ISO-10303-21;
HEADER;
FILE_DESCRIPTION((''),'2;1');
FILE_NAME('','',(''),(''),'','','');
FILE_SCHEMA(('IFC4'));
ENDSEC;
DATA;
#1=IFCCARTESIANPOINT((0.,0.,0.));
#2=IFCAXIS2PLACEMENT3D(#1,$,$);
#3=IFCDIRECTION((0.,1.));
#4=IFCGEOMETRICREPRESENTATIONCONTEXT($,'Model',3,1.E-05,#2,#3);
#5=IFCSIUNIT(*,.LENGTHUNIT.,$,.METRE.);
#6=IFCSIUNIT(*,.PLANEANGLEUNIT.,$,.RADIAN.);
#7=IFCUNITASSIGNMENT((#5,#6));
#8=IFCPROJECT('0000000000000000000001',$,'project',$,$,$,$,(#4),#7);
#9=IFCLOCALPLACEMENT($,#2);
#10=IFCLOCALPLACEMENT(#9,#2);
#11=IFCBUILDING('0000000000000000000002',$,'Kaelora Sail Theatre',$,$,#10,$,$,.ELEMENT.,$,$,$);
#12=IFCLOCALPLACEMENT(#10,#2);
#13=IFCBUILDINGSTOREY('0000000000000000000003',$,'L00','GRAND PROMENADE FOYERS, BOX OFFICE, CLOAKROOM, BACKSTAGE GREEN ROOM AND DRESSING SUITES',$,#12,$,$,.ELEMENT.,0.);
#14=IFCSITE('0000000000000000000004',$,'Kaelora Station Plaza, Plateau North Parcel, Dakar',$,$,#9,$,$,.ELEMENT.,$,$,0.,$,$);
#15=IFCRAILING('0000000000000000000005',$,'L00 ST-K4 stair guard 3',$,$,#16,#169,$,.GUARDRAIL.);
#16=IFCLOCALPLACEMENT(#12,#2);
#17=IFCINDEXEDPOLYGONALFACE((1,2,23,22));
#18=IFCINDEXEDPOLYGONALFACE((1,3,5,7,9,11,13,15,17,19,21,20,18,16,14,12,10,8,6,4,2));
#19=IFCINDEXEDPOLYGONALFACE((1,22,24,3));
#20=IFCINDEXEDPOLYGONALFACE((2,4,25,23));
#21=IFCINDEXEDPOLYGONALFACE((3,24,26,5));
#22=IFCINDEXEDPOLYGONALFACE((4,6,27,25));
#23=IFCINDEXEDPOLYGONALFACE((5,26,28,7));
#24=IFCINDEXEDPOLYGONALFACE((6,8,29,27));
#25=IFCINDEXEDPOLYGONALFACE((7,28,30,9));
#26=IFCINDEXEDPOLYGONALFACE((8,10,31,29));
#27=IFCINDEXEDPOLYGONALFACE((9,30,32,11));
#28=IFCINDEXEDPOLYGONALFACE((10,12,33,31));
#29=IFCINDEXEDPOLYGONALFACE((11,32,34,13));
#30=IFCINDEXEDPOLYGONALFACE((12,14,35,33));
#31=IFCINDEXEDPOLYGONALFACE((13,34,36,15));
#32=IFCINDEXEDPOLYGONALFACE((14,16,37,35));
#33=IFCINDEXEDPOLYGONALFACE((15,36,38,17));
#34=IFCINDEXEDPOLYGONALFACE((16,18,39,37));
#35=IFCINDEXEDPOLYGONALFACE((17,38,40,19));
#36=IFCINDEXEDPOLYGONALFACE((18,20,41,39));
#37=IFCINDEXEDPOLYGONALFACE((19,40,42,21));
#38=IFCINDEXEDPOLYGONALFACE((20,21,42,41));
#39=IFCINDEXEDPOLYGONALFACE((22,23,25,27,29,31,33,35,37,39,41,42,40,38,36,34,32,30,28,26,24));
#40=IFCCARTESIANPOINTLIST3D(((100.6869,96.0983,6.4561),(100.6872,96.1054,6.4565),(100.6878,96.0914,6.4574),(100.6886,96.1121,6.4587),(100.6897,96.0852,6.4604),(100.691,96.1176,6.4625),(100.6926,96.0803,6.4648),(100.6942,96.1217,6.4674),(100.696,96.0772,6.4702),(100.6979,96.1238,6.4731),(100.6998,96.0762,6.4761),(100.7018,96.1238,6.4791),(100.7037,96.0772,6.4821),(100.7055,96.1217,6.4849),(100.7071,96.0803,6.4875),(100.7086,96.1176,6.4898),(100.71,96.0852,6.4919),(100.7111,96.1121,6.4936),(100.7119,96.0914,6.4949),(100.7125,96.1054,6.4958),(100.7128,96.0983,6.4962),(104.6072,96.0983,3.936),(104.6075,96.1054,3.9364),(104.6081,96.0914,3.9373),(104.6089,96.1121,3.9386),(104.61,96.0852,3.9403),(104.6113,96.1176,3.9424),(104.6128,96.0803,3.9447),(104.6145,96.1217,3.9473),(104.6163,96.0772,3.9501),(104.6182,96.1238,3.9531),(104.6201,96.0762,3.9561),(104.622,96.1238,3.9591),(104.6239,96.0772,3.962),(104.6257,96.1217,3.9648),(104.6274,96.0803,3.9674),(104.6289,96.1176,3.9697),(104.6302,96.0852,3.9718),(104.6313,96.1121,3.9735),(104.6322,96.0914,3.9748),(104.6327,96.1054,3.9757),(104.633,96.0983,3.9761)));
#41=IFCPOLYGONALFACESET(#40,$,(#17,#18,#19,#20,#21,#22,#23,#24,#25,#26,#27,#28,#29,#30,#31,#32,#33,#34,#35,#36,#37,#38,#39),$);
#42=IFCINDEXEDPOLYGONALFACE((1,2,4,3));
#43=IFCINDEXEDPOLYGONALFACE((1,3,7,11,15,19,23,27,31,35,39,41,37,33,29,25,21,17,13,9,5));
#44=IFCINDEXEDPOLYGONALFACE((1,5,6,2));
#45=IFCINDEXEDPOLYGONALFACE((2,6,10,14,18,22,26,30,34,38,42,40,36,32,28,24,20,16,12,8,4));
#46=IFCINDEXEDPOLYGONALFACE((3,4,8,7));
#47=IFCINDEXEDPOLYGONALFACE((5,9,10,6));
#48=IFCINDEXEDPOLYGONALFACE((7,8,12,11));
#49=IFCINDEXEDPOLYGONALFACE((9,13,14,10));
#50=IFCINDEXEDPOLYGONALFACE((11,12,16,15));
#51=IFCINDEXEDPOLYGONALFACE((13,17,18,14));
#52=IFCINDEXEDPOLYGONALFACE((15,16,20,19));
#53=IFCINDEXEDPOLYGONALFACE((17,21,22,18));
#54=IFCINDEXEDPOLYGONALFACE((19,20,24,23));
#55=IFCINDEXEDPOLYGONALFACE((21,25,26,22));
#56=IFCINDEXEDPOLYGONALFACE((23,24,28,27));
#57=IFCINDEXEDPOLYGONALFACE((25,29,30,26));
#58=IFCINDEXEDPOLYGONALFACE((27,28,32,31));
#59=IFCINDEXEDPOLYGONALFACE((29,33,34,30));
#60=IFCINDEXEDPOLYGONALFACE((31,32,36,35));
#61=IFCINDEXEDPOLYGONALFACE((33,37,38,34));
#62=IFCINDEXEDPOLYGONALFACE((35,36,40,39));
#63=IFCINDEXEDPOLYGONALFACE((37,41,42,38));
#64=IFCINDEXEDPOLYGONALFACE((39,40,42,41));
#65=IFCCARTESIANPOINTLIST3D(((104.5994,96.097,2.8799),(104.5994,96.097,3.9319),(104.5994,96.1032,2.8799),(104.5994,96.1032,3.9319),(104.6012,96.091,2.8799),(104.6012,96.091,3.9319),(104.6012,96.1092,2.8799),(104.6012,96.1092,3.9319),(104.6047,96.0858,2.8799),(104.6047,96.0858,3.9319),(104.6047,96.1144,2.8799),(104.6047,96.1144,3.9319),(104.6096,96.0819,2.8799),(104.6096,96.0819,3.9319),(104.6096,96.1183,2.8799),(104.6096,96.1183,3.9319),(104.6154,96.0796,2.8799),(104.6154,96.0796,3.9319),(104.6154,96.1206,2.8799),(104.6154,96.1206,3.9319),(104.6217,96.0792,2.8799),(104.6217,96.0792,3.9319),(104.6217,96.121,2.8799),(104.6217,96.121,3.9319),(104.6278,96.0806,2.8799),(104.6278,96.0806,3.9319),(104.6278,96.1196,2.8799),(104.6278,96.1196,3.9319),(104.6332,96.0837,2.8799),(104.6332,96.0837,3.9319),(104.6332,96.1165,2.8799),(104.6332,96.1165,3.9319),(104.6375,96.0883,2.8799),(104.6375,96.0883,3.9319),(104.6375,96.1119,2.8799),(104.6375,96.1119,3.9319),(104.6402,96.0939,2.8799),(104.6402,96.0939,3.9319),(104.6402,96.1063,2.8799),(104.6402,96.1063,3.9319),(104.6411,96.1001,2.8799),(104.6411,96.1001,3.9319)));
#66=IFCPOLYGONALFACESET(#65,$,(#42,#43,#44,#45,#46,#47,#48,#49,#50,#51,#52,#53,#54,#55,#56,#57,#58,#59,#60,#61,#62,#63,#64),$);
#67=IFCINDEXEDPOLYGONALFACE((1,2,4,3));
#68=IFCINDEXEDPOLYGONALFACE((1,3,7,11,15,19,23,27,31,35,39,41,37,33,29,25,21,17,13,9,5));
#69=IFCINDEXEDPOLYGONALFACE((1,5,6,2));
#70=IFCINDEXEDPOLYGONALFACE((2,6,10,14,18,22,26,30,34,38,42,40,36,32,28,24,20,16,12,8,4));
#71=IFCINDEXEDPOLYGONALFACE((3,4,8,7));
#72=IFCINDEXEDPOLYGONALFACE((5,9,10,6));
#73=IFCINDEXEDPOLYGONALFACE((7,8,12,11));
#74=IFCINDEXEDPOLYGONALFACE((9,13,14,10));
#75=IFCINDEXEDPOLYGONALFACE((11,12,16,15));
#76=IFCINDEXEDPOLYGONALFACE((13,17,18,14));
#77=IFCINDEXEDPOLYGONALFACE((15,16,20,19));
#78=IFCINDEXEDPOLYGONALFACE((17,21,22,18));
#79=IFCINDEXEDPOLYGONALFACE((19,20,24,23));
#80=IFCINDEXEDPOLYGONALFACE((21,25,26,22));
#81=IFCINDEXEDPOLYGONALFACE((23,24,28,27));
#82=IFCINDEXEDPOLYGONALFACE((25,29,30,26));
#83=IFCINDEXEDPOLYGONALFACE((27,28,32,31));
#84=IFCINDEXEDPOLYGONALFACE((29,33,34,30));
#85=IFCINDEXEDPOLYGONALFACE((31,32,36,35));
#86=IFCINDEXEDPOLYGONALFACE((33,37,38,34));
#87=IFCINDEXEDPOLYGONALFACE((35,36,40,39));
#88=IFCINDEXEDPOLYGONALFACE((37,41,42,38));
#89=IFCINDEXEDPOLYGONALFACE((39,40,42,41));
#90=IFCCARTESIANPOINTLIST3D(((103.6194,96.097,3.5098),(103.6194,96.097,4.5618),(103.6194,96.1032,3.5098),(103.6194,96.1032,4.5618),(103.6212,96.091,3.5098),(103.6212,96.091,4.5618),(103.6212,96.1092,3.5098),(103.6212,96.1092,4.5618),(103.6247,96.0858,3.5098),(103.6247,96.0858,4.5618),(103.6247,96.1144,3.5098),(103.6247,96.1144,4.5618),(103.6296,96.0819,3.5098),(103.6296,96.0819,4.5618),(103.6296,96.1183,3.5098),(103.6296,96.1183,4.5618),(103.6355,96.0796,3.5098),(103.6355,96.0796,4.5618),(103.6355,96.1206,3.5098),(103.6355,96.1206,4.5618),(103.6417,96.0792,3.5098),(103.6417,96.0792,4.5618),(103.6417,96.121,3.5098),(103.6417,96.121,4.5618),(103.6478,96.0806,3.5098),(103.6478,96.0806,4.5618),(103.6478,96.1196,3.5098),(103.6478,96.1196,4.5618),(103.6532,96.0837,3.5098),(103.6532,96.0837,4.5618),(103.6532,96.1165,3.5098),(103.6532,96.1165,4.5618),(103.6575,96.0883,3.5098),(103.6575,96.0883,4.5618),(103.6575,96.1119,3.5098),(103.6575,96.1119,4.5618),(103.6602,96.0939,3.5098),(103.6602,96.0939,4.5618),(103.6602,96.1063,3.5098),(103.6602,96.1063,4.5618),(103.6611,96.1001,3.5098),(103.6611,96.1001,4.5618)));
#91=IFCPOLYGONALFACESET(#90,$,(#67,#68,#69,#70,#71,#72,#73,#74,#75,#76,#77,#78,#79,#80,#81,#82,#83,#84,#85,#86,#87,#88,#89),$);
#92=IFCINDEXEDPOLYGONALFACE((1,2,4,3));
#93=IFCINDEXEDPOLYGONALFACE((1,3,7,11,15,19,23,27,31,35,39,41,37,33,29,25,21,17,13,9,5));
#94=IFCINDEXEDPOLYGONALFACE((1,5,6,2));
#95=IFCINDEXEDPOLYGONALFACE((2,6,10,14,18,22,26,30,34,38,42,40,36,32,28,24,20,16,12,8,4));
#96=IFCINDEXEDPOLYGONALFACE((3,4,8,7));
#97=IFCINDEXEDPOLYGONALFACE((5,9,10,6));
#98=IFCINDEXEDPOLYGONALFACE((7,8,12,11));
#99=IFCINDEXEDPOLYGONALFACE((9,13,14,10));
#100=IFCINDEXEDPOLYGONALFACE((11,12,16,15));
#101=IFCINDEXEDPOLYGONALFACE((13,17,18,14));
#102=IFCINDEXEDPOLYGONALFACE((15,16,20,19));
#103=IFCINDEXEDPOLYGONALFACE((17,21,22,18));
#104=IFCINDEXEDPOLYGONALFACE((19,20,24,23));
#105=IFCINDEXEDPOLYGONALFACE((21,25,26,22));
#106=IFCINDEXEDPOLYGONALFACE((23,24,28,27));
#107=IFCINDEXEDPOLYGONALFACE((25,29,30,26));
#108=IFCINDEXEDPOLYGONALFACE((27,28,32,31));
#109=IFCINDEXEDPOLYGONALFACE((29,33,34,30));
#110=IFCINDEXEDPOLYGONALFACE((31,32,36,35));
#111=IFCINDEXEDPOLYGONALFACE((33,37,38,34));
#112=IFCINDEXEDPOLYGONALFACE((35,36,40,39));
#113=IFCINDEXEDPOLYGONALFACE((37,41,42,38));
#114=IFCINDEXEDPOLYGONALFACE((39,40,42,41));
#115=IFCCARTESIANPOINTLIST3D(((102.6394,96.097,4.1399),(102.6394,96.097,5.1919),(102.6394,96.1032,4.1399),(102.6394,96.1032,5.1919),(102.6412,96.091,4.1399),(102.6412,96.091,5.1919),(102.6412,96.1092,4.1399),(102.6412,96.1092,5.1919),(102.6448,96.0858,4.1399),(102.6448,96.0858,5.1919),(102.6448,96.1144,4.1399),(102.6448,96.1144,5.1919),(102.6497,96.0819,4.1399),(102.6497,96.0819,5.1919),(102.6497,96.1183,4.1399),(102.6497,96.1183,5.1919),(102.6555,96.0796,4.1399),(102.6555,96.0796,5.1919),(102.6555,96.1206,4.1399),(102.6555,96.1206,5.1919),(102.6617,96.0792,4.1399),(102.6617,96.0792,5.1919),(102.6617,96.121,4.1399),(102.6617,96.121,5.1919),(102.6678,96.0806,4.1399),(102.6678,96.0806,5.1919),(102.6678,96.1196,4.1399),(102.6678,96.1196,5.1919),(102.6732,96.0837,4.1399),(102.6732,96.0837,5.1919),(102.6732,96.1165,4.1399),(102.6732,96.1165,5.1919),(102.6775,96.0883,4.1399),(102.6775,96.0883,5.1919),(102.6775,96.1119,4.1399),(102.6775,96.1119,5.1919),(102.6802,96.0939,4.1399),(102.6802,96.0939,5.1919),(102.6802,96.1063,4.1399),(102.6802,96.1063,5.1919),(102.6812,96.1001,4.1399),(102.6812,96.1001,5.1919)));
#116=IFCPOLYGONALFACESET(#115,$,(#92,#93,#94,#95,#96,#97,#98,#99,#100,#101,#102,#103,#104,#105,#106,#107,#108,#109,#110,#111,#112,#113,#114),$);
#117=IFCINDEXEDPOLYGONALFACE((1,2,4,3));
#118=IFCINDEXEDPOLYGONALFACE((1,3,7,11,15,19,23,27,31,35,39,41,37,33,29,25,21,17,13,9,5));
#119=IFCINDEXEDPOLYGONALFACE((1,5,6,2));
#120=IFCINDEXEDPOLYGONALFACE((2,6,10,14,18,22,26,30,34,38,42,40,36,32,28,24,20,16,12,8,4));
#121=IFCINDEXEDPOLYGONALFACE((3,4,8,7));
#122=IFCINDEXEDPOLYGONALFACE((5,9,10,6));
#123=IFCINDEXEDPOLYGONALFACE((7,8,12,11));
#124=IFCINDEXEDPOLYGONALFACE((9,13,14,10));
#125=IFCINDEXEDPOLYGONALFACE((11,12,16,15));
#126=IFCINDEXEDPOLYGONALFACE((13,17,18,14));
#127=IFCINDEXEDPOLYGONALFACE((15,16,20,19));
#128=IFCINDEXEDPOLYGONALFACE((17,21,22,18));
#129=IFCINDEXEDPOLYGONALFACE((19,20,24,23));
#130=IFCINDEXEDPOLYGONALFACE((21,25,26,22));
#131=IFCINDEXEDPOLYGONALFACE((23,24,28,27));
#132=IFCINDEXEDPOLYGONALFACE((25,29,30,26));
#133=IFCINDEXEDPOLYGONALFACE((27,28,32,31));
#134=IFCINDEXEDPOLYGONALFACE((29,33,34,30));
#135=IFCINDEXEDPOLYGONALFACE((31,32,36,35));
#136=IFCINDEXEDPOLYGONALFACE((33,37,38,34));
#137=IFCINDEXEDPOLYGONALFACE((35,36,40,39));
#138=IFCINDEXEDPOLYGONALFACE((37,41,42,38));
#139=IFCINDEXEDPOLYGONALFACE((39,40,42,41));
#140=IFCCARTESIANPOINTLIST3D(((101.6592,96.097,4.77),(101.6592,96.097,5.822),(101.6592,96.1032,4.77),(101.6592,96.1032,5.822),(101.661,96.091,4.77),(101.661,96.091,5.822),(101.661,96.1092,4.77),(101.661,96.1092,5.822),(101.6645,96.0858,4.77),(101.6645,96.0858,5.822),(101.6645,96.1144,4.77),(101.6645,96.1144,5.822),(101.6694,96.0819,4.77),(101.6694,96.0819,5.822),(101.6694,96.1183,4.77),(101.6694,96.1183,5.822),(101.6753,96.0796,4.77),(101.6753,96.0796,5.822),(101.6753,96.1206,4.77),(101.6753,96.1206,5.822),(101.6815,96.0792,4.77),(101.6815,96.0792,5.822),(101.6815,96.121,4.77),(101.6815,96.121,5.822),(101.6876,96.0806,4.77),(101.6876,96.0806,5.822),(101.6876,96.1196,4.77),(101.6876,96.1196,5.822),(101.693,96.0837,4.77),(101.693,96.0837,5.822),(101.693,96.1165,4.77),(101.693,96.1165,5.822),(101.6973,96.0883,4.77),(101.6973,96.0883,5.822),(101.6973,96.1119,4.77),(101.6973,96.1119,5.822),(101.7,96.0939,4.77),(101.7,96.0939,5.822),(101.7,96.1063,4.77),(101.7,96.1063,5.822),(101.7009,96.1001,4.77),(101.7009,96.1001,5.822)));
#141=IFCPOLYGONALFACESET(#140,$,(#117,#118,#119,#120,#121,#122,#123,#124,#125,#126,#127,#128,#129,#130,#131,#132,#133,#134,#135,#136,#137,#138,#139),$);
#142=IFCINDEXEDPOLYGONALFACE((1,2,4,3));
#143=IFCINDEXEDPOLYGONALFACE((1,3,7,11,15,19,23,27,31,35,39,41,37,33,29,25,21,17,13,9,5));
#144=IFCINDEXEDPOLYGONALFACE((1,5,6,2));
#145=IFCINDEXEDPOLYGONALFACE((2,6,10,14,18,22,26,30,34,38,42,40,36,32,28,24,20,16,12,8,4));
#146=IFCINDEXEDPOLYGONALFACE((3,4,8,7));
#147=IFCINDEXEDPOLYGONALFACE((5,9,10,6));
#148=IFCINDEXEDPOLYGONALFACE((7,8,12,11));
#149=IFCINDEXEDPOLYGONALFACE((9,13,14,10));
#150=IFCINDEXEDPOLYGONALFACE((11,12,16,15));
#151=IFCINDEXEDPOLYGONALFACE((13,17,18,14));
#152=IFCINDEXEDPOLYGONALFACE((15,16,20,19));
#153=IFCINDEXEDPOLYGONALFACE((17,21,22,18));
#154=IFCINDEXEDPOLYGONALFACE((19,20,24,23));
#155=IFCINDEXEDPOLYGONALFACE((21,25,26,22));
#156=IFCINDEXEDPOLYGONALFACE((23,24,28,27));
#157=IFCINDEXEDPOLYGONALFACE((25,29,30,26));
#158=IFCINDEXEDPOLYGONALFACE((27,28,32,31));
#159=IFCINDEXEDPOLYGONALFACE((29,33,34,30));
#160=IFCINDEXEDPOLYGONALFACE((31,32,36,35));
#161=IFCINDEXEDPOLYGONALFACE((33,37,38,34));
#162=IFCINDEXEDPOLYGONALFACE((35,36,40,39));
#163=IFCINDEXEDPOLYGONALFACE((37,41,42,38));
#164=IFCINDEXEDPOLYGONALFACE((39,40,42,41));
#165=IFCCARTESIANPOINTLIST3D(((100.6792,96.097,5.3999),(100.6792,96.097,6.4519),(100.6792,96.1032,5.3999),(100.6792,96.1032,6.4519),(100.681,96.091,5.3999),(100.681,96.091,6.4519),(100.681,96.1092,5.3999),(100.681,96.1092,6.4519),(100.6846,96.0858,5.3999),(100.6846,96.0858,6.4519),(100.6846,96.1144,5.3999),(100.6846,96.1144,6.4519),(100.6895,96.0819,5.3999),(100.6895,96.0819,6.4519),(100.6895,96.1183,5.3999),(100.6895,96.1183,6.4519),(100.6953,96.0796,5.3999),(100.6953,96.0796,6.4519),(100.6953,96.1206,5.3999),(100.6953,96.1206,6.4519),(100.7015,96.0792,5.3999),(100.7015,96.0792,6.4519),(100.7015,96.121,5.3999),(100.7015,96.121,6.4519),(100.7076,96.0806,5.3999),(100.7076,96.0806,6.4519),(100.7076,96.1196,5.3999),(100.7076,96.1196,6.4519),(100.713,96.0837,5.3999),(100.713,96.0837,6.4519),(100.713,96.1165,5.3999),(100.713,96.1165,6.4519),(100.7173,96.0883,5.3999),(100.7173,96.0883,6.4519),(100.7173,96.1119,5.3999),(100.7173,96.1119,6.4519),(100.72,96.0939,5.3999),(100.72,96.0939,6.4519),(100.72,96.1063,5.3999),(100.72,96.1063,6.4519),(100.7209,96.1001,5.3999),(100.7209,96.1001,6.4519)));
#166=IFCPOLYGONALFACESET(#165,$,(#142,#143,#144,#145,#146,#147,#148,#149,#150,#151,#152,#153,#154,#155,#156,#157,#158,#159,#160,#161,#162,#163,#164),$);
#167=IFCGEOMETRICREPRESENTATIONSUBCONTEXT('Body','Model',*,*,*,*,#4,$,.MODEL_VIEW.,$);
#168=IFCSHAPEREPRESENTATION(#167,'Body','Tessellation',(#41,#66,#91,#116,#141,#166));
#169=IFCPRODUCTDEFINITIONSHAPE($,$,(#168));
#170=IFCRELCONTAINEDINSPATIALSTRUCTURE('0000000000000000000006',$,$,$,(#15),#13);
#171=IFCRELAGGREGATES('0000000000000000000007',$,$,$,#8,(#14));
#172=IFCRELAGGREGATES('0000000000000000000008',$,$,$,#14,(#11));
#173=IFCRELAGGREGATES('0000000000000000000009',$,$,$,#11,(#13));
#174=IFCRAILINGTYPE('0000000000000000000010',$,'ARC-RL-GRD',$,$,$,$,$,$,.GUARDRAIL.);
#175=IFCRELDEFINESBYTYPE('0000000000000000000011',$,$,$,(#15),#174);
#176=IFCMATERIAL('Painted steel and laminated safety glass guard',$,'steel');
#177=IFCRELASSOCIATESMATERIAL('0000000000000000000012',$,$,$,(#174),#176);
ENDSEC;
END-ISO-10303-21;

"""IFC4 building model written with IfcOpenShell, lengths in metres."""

from ifc_helpers import new_model, si_unit, direction, frame, origin, origin_2d, place, context, subcontext, project, spatial, circle, extrude, material, type_object, element, save


model = new_model("IFC4")

# Units and contexts
model_context = context("Model", 3, precision=1e-05, world=origin(), true_north=direction((0.0, 1.0)))
body_context = subcontext(model_context, "Body", "Model", "MODEL_VIEW")
ifc_project = project(units=[si_unit("LENGTHUNIT", "METRE"), si_unit("PLANEANGLEUNIT", "RADIAN")], contexts=[model_context])

# Site, building, storey
site_placement = place(None, origin())
site = spatial("IfcSite", under=ifc_project, at=site_placement, Name="Kaelora Station Plaza, Plateau North Parcel, Dakar", CompositionType="ELEMENT", RefElevation=0.0)
building_placement = place(site_placement, origin())
building = spatial("IfcBuilding", under=site, at=building_placement, Name="Kaelora Sail Theatre", CompositionType="ELEMENT")
storey_placement = place(building_placement, origin())
storey = spatial("IfcBuildingStorey", under=building, at=storey_placement, Name="L00", Description="GRAND PROMENADE FOYERS, BOX OFFICE, CLOAKROOM, BACKSTAGE GREEN ROOM AND DRESSING SUITES", CompositionType="ELEMENT", Elevation=0.0)

# Railing
ifc_material_1 = material(Name="Painted steel and laminated safety glass guard", Category="steel")
railing_type_1 = type_object("IfcRailingType", Name="ARC-RL-GRD", PredefinedType="GUARDRAIL", material=ifc_material_1)
railing_1_placement = place(storey_placement, frame((104.6201, 96.1001, 2.8799)))
element("IfcRailing", 1, at=railing_1_placement, inside=storey, type_object=railing_type_1, Name="L00 ST-K4 stair guard 3", PredefinedType="GUARDRAIL", context=body_context, shape_type="SweptSolid", body=[
    extrude(circle(Radius=0.0239, at=origin_2d()), frame((0.0, 0.0, 1.0762), z_axis=(-0.841187, 0.0, 0.540744), x_axis=(0.0, -1.0, 0.0)), (0.0, 0.0, 1.0), 4.6604),
    extrude(circle(Radius=0.021, at=origin_2d()), origin(), (0.0, 0.0, 1.0), 1.052),
    extrude(circle(Radius=0.021, at=origin_2d()), frame((-0.98, 0.0, 0.6299)), (0.0, 0.0, 1.0), 1.052),
    extrude(circle(Radius=0.021, at=origin_2d()), frame((-1.96, 0.0, 1.26)), (0.0, 0.0, 1.0), 1.052),
    extrude(circle(Radius=0.021, at=origin_2d()), frame((-2.9402, 0.0, 1.8901)), (0.0, 0.0, 1.0), 1.052),
    extrude(circle(Radius=0.021, at=origin_2d()), frame((-3.9202, 0.0, 2.52)), (0.0, 0.0, 1.0), 1.052),
])

save(model, "model.ifc")
